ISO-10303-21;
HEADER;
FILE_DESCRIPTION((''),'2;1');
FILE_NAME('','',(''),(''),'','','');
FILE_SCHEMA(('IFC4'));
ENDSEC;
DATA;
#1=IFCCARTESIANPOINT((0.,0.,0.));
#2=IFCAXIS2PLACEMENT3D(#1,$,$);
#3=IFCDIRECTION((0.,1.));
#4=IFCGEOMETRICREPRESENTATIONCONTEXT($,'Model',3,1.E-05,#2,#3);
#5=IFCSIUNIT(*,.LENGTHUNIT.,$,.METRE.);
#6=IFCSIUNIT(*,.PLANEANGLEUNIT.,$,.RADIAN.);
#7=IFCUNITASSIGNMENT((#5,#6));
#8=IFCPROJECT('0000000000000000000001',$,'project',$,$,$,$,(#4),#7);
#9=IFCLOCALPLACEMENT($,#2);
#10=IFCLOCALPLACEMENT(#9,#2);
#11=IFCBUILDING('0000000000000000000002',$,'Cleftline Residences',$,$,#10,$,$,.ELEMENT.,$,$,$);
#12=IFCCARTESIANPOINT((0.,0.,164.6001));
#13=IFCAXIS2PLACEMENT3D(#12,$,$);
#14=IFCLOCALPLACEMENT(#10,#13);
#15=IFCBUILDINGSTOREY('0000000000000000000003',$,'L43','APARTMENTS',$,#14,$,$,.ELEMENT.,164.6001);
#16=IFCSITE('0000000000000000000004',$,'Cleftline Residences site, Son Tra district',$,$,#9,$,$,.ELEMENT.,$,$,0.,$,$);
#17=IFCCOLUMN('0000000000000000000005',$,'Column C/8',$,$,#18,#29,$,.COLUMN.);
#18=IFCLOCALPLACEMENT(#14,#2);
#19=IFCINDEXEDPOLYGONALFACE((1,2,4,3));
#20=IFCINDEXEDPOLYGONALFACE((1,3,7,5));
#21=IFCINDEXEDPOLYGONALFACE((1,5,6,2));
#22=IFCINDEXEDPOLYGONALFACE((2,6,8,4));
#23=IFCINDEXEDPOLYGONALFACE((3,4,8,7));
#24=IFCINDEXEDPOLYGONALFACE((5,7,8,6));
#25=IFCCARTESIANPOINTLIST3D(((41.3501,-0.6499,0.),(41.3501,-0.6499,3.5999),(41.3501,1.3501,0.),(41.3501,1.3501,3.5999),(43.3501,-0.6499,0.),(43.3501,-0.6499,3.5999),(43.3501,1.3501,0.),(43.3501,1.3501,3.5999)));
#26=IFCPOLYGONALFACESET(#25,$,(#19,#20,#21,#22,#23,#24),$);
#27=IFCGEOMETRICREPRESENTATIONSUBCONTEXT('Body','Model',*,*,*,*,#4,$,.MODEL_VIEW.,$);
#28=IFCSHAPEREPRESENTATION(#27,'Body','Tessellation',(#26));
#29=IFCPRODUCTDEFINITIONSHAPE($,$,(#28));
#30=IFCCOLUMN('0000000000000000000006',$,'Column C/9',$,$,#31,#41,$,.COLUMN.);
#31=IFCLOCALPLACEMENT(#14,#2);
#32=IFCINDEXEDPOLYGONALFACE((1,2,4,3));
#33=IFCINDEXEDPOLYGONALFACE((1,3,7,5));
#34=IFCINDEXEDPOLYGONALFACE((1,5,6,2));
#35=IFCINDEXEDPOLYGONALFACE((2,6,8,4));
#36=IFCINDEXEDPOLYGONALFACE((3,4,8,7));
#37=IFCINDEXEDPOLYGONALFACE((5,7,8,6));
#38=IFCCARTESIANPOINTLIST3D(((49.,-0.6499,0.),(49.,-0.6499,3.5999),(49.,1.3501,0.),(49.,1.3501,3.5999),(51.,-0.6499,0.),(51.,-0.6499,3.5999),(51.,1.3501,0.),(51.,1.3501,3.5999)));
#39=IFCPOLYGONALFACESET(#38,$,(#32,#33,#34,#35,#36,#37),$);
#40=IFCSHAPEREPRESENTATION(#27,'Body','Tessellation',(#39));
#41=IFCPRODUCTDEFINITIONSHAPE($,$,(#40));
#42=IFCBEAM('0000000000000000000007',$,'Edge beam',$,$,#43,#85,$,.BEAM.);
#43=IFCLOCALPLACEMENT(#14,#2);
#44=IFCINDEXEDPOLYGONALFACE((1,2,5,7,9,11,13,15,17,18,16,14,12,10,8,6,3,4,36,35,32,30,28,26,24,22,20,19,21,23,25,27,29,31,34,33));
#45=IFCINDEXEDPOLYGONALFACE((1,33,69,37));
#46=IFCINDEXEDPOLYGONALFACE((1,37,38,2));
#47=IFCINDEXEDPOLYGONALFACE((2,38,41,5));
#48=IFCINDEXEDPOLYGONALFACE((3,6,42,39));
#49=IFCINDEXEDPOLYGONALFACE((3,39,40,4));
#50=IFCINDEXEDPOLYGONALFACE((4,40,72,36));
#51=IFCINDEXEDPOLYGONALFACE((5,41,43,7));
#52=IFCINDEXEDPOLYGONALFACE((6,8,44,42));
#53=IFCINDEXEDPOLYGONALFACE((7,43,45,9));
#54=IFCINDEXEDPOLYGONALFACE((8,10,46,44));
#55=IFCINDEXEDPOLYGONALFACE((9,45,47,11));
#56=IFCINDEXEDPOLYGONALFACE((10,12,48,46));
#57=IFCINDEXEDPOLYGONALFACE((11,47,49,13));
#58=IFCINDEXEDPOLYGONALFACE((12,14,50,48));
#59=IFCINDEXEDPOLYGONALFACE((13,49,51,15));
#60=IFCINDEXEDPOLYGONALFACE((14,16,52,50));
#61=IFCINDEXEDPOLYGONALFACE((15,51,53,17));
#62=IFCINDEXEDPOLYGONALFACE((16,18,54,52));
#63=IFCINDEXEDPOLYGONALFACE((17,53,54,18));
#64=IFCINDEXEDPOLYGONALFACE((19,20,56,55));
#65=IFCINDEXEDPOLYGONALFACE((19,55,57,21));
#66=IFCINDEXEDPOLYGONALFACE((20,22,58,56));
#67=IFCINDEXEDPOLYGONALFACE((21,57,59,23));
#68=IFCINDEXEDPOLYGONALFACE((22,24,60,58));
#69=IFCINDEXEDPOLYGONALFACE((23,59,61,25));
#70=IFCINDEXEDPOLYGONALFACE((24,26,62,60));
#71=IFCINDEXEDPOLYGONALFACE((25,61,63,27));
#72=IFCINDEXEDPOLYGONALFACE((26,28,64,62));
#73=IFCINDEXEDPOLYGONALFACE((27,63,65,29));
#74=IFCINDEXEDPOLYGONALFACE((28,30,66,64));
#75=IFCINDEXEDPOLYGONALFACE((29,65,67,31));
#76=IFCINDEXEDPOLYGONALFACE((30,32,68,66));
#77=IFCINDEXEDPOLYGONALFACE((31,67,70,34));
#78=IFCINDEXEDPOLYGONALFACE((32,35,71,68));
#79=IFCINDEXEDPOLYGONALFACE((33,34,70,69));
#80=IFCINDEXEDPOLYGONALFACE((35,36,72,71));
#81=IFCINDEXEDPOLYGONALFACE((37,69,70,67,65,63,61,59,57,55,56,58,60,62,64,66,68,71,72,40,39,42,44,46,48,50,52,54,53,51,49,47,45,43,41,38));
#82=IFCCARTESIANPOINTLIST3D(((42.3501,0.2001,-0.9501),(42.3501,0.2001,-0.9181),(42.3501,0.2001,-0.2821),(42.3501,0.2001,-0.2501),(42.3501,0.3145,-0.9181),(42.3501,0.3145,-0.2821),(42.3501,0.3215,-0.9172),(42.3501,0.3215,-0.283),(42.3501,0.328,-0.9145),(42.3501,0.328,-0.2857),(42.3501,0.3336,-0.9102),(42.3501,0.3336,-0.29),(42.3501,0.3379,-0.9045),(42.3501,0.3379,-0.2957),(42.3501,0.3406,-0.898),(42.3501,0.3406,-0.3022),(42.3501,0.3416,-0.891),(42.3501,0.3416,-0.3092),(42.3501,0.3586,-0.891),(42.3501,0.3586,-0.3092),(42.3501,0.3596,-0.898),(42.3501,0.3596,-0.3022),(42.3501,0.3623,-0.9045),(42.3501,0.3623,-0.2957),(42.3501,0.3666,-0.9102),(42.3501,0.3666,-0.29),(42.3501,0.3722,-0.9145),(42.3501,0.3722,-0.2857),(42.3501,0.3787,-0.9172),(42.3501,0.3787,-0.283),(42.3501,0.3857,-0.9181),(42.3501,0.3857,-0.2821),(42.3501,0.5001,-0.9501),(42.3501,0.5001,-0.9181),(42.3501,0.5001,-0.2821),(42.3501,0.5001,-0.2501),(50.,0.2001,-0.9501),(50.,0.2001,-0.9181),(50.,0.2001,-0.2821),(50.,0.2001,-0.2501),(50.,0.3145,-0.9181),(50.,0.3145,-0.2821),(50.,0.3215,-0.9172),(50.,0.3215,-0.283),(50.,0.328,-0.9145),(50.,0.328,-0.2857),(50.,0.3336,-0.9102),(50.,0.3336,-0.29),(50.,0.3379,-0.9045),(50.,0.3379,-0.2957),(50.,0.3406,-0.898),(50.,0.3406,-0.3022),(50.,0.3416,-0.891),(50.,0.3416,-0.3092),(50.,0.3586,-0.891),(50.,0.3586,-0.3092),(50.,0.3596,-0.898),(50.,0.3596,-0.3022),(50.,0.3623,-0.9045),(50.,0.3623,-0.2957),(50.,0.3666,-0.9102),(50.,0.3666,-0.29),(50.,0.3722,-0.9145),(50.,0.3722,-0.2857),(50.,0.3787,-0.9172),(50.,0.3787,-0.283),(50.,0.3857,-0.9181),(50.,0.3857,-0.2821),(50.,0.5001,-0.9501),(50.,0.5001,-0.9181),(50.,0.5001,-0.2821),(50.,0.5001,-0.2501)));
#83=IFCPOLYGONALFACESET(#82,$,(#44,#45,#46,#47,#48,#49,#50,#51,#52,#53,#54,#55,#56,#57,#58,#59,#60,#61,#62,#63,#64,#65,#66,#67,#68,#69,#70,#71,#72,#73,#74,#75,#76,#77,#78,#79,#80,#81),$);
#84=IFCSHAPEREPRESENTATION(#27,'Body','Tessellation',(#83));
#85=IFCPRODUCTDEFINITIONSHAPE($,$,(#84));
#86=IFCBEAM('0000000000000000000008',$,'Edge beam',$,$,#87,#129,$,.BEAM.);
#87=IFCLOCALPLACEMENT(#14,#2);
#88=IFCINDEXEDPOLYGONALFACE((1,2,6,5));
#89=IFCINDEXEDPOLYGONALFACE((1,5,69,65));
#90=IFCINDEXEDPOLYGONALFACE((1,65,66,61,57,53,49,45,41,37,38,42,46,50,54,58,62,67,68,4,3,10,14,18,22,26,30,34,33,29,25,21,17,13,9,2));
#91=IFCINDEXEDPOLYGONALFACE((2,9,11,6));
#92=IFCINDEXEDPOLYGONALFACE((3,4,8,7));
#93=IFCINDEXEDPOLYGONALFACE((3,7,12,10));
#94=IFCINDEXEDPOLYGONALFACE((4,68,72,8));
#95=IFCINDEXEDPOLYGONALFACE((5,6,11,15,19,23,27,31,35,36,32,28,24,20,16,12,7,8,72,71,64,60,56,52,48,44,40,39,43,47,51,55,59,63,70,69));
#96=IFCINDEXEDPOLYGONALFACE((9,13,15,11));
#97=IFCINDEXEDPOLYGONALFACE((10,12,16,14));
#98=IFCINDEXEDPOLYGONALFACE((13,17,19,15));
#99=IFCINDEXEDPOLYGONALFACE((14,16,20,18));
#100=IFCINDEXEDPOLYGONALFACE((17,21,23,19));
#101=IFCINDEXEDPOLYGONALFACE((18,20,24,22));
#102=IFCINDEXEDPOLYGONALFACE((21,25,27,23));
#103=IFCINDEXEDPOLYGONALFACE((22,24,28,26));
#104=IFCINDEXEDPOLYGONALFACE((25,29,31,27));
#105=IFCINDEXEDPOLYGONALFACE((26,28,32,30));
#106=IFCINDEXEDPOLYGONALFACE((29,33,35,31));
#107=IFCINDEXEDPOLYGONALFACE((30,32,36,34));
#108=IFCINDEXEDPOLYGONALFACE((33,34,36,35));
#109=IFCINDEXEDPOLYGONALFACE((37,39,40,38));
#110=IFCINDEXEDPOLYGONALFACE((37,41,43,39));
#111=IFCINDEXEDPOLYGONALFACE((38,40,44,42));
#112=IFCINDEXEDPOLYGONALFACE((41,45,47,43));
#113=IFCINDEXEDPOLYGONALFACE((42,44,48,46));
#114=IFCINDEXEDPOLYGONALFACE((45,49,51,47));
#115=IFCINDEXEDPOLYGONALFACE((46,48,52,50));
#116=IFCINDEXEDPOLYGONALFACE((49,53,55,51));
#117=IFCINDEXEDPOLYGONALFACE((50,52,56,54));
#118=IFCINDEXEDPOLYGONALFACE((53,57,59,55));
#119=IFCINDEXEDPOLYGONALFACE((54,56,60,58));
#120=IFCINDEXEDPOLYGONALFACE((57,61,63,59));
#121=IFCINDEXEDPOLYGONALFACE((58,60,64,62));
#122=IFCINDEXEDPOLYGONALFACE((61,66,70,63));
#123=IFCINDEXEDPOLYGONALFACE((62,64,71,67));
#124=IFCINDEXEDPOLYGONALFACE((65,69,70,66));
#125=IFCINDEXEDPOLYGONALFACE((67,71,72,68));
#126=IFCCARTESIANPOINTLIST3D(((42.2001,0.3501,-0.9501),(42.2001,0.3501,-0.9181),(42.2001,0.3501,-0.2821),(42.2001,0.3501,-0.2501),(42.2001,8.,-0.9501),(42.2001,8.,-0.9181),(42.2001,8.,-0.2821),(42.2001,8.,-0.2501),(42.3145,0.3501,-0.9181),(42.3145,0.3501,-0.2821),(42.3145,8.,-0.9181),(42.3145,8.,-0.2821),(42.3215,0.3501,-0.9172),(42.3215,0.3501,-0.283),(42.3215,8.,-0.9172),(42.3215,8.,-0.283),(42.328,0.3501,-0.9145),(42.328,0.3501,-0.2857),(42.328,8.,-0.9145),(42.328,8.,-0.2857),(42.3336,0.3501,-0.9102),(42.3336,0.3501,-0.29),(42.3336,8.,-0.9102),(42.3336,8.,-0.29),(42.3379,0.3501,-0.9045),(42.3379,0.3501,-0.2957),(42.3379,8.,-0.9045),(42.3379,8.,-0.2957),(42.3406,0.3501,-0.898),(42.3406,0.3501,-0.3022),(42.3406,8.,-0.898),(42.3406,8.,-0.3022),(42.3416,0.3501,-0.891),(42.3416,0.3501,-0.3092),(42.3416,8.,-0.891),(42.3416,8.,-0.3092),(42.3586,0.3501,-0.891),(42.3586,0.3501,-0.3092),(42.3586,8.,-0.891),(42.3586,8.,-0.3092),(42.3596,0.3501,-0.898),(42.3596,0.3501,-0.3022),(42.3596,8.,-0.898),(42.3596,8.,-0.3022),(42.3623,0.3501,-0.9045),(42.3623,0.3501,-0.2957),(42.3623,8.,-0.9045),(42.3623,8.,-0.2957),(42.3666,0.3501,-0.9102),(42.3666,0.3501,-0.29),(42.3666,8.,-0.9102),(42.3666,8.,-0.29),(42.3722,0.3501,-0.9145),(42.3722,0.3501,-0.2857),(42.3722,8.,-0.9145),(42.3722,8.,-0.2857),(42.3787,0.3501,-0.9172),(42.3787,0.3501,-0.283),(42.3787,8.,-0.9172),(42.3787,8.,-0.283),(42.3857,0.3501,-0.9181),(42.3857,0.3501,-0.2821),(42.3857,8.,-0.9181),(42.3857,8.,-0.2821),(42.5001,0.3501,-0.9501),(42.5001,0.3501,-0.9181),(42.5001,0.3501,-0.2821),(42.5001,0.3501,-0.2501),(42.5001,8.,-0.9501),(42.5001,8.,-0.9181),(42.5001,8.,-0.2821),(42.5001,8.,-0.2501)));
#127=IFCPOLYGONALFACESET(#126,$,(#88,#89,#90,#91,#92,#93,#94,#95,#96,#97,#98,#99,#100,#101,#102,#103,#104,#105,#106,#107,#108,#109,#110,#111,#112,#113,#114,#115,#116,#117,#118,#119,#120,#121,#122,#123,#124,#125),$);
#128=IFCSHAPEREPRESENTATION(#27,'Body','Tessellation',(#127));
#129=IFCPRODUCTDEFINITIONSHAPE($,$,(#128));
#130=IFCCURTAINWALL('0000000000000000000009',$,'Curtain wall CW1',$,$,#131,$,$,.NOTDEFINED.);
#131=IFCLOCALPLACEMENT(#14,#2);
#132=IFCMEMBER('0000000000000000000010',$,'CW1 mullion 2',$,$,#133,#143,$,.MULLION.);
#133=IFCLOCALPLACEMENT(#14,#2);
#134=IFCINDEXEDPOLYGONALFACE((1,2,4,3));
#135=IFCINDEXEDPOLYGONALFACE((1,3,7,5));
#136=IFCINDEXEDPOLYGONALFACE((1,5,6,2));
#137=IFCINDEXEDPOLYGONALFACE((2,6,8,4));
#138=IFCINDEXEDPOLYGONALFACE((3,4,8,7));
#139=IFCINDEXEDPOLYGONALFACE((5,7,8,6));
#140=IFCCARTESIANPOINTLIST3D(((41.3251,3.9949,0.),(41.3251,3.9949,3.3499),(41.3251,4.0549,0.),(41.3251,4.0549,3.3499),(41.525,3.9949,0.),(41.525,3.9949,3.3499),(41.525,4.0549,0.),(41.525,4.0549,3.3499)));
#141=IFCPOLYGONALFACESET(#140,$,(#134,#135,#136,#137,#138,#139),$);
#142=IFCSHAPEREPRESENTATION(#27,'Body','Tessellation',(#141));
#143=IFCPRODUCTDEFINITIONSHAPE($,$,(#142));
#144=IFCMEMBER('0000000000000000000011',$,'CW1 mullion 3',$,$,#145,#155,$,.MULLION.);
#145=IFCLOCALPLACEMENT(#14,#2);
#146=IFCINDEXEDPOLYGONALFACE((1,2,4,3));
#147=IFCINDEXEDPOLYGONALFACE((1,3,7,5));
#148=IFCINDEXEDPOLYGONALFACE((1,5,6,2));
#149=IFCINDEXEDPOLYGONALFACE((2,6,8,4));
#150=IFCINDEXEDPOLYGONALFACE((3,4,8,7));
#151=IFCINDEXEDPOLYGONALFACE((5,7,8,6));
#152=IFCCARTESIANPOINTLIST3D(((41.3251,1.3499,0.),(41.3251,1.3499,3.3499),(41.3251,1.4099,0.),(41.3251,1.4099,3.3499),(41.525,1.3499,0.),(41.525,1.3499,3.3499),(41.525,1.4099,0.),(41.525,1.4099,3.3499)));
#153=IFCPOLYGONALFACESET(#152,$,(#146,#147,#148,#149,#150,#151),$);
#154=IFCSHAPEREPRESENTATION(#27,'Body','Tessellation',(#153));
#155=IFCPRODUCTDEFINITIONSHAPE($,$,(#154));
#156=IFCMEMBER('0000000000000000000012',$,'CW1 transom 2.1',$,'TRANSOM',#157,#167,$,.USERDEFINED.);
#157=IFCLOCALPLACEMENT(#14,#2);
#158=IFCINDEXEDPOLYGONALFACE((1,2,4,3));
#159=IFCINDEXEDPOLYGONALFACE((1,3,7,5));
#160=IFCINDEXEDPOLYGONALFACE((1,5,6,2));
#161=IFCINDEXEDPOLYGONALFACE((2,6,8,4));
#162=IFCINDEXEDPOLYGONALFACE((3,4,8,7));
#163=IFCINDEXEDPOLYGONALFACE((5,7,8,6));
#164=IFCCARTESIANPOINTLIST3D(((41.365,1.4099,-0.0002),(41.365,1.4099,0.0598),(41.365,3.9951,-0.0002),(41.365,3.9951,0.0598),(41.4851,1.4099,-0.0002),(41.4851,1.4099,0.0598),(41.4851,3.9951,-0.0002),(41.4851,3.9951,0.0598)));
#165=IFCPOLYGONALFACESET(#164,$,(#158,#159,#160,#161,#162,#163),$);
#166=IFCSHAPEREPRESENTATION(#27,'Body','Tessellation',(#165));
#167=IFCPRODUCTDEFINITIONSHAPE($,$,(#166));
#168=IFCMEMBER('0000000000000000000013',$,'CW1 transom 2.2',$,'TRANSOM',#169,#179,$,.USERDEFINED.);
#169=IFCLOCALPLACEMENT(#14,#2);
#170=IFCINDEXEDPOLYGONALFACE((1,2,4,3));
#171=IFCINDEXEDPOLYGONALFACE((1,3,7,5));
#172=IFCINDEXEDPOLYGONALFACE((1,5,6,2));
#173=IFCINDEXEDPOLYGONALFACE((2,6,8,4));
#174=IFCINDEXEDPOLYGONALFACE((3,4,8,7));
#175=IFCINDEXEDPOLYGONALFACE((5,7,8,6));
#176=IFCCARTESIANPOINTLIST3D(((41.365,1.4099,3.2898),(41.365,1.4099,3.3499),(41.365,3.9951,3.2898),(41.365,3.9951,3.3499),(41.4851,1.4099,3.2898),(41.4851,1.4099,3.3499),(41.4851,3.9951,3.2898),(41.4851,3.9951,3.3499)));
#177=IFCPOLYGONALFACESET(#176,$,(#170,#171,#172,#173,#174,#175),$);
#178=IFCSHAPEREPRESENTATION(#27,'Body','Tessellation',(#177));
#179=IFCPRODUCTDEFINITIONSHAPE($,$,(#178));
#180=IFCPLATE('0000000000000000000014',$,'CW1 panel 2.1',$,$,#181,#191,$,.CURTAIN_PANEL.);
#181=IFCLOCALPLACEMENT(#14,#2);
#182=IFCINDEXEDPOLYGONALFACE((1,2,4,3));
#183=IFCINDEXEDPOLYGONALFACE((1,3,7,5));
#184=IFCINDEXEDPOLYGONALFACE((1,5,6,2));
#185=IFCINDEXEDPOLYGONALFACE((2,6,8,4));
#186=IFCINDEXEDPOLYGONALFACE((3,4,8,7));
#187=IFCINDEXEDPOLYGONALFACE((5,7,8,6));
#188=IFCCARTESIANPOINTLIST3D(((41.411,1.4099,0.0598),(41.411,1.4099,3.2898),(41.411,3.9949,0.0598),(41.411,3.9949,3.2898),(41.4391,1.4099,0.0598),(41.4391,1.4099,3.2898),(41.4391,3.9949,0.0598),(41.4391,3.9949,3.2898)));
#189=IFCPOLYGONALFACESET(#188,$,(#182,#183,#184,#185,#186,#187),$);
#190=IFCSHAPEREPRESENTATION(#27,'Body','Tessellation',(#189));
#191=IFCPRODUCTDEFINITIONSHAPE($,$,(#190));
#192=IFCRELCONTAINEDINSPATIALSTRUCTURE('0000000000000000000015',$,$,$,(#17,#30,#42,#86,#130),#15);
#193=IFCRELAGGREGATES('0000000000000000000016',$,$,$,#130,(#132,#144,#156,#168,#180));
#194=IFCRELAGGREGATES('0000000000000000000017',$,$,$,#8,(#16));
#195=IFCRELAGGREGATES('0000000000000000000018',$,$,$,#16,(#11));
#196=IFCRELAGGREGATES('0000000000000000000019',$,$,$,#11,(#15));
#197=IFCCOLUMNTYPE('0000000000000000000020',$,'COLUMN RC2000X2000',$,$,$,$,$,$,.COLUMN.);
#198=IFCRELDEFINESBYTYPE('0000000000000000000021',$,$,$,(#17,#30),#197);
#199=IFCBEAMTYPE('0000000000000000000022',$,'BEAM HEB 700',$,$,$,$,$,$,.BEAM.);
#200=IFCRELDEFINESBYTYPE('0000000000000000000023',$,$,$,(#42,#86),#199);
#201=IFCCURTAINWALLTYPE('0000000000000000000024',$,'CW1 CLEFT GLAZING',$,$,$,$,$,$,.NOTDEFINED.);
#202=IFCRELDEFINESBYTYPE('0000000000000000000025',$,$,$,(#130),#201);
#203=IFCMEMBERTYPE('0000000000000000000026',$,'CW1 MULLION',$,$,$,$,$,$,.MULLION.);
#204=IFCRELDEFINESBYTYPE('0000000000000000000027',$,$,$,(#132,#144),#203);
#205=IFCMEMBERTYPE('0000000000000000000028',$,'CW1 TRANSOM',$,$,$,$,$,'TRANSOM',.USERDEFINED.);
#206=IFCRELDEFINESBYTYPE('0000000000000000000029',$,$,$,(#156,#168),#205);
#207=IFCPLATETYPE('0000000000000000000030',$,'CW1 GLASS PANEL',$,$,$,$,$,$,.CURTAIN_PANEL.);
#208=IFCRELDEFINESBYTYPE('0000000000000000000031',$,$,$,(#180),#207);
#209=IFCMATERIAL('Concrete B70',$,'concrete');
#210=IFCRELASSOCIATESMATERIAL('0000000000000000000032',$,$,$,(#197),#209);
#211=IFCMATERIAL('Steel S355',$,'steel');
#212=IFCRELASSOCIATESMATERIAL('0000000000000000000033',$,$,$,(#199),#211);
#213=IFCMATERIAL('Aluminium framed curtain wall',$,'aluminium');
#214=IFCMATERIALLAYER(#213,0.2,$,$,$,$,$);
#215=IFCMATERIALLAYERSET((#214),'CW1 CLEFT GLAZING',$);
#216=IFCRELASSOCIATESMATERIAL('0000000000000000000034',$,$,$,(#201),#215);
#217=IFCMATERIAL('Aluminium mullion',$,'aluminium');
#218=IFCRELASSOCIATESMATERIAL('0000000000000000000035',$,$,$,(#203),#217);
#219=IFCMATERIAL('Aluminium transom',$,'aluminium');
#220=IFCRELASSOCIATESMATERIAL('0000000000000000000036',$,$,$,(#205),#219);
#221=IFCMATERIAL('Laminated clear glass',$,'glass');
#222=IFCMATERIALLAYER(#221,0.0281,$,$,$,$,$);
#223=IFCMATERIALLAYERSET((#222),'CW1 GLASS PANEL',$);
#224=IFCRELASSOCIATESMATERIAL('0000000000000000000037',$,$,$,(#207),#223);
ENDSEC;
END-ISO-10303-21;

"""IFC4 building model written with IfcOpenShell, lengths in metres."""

from ifc_helpers import new_model, si_unit, direction, frame, origin, origin_2d, place, context, subcontext, project, spatial, rectangle, i_section, extrude, material, layer, layer_set, material_profile, profile_set, type_object, element, aggregate, save


model = new_model("IFC4")

# Units and contexts
model_context = context("Model", 3, precision=1e-05, world=origin(), true_north=direction((0.0, 1.0)))
body_context = subcontext(model_context, "Body", "Model", "MODEL_VIEW")
ifc_project = project(units=[si_unit("LENGTHUNIT", "METRE"), si_unit("PLANEANGLEUNIT", "RADIAN")], contexts=[model_context])

# Site, building, storey
site_placement = place(None, origin())
site = spatial("IfcSite", under=ifc_project, at=site_placement, Name="Cleftline Residences site, Son Tra district", CompositionType="ELEMENT", RefElevation=0.0)
building_placement = place(site_placement, origin())
building = spatial("IfcBuilding", under=site, at=building_placement, Name="Cleftline Residences", CompositionType="ELEMENT")
storey_placement = place(building_placement, frame((0.0, 0.0, 164.6001)))
storey = spatial("IfcBuildingStorey", under=building, at=storey_placement, Name="L43", Description="APARTMENTS", CompositionType="ELEMENT", Elevation=164.6001)

# Columns
ifc_material_1 = material(Name="Concrete B70", Category="concrete")
ifc_material_profile_1 = material_profile(ifc_material_1, rectangle(XDim=2.0, YDim=2.0, at=origin_2d()))
ifc_profile_set_1 = profile_set([ifc_material_profile_1], Name="Concrete B70")
column_type = type_object("IfcColumnType", Name="COLUMN RC2000X2000", PredefinedType="COLUMN", material=ifc_profile_set_1)
for number, where, z_axis, x_axis, name in (
    (1, (42.3501, 0.3501, 0.0), (0.0, 0.0, 1.0), (1.0, 0.0, 0.0), "Column C/8"),
    (2, (50.0, 0.3501, 0.0), (0.0, 0.0, 1.0), (1.0, 0.0, 0.0), "Column C/9"),
):
    element("IfcColumn", number, at=place(storey_placement, frame(where, z_axis=z_axis, x_axis=x_axis)), inside=storey, type_object=column_type, Name=name, PredefinedType="COLUMN", context=body_context, shape_type="SweptSolid", body=[
        extrude(rectangle(XDim=2.0, YDim=2.0, at=origin_2d()), origin(), (0.0, 0.0, 1.0), 3.5999),
    ])

# Beams
ifc_material_2 = material(Name="Steel S355", Category="steel")
ifc_material_profile_2 = material_profile(ifc_material_2, i_section(OverallWidth=0.3, OverallDepth=0.7, WebThickness=0.0171, FlangeThickness=0.032, FilletRadius=0.0271, at=origin_2d()))
ifc_profile_set_2 = profile_set([ifc_material_profile_2], Name="Steel S355")
beam_type = type_object("IfcBeamType", Name="BEAM HEB 700", PredefinedType="BEAM", material=ifc_profile_set_2)
for number, where, z_axis, x_axis, name in (
    (3, (50.0, 0.3501, -0.6001), (-1.0, 0.0, 0.0), (0.0, -1.0, 0.0), "Edge beam"),
    (4, (42.3501, 0.3501, -0.6001), (0.0, 1.0, 0.0), (-1.0, 0.0, 0.0), "Edge beam"),
):
    element("IfcBeam", number, at=place(storey_placement, frame(where, z_axis=z_axis, x_axis=x_axis)), inside=storey, type_object=beam_type, Name=name, PredefinedType="BEAM", context=body_context, shape_type="SweptSolid", body=[
        extrude(i_section(OverallWidth=0.3, OverallDepth=0.7, WebThickness=0.0171, FlangeThickness=0.032, FilletRadius=0.0271, at=origin_2d()), origin(), (0.0, 0.0, 1.0), 7.6499),
    ])

# Curtain wall, members, plate
ifc_material_3 = material(Name="Aluminium framed curtain wall", Category="aluminium")
ifc_layer_1 = layer(ifc_material_3, 0.2)
ifc_layer_set_1 = layer_set([ifc_layer_1], Name="CW1 CLEFT GLAZING")
curtain_wall_type = type_object("IfcCurtainWallType", Name="CW1 CLEFT GLAZING", PredefinedType="NOTDEFINED", material=ifc_layer_set_1)
curtain_wall_placement = place(storey_placement, origin())
curtain_wall = element("IfcCurtainWall", 5, at=curtain_wall_placement, inside=storey, type_object=curtain_wall_type, Name="Curtain wall CW1", PredefinedType="NOTDEFINED")
ifc_material_4 = material(Name="Aluminium mullion", Category="aluminium")
ifc_material_profile_3 = material_profile(ifc_material_4, rectangle(XDim=0.2, YDim=0.0601, at=origin_2d()))
ifc_profile_set_3 = profile_set([ifc_material_profile_3], Name="Aluminium mullion")
member_type_1 = type_object("IfcMemberType", Name="CW1 MULLION", PredefinedType="MULLION", material=ifc_profile_set_3)
member_1_placement = place(storey_placement, frame((41.425, 4.0249, 0.0), z_axis=(0.0, 0.0, 1.0), x_axis=(1.0, 0.0, 0.0)))
member_1 = element("IfcMember", 6, at=member_1_placement, type_object=member_type_1, Name="CW1 mullion 2", PredefinedType="MULLION", context=body_context, shape_type="SweptSolid", body=[
    extrude(rectangle(XDim=0.2, YDim=0.0601, at=origin_2d()), origin(), (0.0, 0.0, 1.0), 3.3499),
])
member_2_placement = place(storey_placement, frame((41.425, 1.3799, 0.0), z_axis=(0.0, 0.0, 1.0), x_axis=(1.0, 0.0, 0.0)))
member_2 = element("IfcMember", 7, at=member_2_placement, type_object=member_type_1, Name="CW1 mullion 3", PredefinedType="MULLION", context=body_context, shape_type="SweptSolid", body=[
    extrude(rectangle(XDim=0.2, YDim=0.0601, at=origin_2d()), origin(), (0.0, 0.0, 1.0), 3.3499),
])
ifc_material_5 = material(Name="Aluminium transom", Category="aluminium")
ifc_material_profile_4 = material_profile(ifc_material_5, rectangle(XDim=0.1201, YDim=0.0601, at=origin_2d()))
ifc_profile_set_4 = profile_set([ifc_material_profile_4], Name="Aluminium transom")
member_type_2 = type_object("IfcMemberType", Name="CW1 TRANSOM", ElementType="TRANSOM", PredefinedType="USERDEFINED", material=ifc_profile_set_4)
member_3_placement = place(storey_placement, frame((41.425, 3.9951, 0.0298), z_axis=(0.0, -1.0, 0.0), x_axis=(1.0, 0.0, 0.0)))
member_3 = element("IfcMember", 8, at=member_3_placement, type_object=member_type_2, Name="CW1 transom 2.1", ObjectType="TRANSOM", PredefinedType="USERDEFINED", context=body_context, shape_type="SweptSolid", body=[
    extrude(rectangle(XDim=0.1201, YDim=0.0601, at=origin_2d()), origin(), (0.0, 0.0, 1.0), 2.5852),
])
member_4_placement = place(storey_placement, frame((41.425, 3.9951, 3.3198), z_axis=(0.0, -1.0, 0.0), x_axis=(1.0, 0.0, 0.0)))
member_4 = element("IfcMember", 9, at=member_4_placement, type_object=member_type_2, Name="CW1 transom 2.2", ObjectType="TRANSOM", PredefinedType="USERDEFINED", context=body_context, shape_type="SweptSolid", body=[
    extrude(rectangle(XDim=0.1201, YDim=0.0601, at=origin_2d()), origin(), (0.0, 0.0, 1.0), 2.5852),
])
ifc_material_6 = material(Name="Laminated clear glass", Category="glass")
ifc_layer_2 = layer(ifc_material_6, 0.0281)
ifc_layer_set_2 = layer_set([ifc_layer_2], Name="CW1 GLASS PANEL")
plate_type = type_object("IfcPlateType", Name="CW1 GLASS PANEL", PredefinedType="CURTAIN_PANEL", material=ifc_layer_set_2)
plate_placement = place(storey_placement, frame((41.425, 2.7024, 0.0598), z_axis=(0.0, 0.0, 1.0), x_axis=(0.0, -1.0, 0.0)))
plate = element("IfcPlate", 10, at=plate_placement, type_object=plate_type, Name="CW1 panel 2.1", PredefinedType="CURTAIN_PANEL", context=body_context, shape_type="SweptSolid", body=[
    extrude(rectangle(XDim=2.585, YDim=0.0281, at=origin_2d()), origin(), (0.0, 0.0, 1.0), 3.23),
])
aggregate(curtain_wall, [member_1, member_2, member_3, member_4, plate])

save(model, "model.ifc")
